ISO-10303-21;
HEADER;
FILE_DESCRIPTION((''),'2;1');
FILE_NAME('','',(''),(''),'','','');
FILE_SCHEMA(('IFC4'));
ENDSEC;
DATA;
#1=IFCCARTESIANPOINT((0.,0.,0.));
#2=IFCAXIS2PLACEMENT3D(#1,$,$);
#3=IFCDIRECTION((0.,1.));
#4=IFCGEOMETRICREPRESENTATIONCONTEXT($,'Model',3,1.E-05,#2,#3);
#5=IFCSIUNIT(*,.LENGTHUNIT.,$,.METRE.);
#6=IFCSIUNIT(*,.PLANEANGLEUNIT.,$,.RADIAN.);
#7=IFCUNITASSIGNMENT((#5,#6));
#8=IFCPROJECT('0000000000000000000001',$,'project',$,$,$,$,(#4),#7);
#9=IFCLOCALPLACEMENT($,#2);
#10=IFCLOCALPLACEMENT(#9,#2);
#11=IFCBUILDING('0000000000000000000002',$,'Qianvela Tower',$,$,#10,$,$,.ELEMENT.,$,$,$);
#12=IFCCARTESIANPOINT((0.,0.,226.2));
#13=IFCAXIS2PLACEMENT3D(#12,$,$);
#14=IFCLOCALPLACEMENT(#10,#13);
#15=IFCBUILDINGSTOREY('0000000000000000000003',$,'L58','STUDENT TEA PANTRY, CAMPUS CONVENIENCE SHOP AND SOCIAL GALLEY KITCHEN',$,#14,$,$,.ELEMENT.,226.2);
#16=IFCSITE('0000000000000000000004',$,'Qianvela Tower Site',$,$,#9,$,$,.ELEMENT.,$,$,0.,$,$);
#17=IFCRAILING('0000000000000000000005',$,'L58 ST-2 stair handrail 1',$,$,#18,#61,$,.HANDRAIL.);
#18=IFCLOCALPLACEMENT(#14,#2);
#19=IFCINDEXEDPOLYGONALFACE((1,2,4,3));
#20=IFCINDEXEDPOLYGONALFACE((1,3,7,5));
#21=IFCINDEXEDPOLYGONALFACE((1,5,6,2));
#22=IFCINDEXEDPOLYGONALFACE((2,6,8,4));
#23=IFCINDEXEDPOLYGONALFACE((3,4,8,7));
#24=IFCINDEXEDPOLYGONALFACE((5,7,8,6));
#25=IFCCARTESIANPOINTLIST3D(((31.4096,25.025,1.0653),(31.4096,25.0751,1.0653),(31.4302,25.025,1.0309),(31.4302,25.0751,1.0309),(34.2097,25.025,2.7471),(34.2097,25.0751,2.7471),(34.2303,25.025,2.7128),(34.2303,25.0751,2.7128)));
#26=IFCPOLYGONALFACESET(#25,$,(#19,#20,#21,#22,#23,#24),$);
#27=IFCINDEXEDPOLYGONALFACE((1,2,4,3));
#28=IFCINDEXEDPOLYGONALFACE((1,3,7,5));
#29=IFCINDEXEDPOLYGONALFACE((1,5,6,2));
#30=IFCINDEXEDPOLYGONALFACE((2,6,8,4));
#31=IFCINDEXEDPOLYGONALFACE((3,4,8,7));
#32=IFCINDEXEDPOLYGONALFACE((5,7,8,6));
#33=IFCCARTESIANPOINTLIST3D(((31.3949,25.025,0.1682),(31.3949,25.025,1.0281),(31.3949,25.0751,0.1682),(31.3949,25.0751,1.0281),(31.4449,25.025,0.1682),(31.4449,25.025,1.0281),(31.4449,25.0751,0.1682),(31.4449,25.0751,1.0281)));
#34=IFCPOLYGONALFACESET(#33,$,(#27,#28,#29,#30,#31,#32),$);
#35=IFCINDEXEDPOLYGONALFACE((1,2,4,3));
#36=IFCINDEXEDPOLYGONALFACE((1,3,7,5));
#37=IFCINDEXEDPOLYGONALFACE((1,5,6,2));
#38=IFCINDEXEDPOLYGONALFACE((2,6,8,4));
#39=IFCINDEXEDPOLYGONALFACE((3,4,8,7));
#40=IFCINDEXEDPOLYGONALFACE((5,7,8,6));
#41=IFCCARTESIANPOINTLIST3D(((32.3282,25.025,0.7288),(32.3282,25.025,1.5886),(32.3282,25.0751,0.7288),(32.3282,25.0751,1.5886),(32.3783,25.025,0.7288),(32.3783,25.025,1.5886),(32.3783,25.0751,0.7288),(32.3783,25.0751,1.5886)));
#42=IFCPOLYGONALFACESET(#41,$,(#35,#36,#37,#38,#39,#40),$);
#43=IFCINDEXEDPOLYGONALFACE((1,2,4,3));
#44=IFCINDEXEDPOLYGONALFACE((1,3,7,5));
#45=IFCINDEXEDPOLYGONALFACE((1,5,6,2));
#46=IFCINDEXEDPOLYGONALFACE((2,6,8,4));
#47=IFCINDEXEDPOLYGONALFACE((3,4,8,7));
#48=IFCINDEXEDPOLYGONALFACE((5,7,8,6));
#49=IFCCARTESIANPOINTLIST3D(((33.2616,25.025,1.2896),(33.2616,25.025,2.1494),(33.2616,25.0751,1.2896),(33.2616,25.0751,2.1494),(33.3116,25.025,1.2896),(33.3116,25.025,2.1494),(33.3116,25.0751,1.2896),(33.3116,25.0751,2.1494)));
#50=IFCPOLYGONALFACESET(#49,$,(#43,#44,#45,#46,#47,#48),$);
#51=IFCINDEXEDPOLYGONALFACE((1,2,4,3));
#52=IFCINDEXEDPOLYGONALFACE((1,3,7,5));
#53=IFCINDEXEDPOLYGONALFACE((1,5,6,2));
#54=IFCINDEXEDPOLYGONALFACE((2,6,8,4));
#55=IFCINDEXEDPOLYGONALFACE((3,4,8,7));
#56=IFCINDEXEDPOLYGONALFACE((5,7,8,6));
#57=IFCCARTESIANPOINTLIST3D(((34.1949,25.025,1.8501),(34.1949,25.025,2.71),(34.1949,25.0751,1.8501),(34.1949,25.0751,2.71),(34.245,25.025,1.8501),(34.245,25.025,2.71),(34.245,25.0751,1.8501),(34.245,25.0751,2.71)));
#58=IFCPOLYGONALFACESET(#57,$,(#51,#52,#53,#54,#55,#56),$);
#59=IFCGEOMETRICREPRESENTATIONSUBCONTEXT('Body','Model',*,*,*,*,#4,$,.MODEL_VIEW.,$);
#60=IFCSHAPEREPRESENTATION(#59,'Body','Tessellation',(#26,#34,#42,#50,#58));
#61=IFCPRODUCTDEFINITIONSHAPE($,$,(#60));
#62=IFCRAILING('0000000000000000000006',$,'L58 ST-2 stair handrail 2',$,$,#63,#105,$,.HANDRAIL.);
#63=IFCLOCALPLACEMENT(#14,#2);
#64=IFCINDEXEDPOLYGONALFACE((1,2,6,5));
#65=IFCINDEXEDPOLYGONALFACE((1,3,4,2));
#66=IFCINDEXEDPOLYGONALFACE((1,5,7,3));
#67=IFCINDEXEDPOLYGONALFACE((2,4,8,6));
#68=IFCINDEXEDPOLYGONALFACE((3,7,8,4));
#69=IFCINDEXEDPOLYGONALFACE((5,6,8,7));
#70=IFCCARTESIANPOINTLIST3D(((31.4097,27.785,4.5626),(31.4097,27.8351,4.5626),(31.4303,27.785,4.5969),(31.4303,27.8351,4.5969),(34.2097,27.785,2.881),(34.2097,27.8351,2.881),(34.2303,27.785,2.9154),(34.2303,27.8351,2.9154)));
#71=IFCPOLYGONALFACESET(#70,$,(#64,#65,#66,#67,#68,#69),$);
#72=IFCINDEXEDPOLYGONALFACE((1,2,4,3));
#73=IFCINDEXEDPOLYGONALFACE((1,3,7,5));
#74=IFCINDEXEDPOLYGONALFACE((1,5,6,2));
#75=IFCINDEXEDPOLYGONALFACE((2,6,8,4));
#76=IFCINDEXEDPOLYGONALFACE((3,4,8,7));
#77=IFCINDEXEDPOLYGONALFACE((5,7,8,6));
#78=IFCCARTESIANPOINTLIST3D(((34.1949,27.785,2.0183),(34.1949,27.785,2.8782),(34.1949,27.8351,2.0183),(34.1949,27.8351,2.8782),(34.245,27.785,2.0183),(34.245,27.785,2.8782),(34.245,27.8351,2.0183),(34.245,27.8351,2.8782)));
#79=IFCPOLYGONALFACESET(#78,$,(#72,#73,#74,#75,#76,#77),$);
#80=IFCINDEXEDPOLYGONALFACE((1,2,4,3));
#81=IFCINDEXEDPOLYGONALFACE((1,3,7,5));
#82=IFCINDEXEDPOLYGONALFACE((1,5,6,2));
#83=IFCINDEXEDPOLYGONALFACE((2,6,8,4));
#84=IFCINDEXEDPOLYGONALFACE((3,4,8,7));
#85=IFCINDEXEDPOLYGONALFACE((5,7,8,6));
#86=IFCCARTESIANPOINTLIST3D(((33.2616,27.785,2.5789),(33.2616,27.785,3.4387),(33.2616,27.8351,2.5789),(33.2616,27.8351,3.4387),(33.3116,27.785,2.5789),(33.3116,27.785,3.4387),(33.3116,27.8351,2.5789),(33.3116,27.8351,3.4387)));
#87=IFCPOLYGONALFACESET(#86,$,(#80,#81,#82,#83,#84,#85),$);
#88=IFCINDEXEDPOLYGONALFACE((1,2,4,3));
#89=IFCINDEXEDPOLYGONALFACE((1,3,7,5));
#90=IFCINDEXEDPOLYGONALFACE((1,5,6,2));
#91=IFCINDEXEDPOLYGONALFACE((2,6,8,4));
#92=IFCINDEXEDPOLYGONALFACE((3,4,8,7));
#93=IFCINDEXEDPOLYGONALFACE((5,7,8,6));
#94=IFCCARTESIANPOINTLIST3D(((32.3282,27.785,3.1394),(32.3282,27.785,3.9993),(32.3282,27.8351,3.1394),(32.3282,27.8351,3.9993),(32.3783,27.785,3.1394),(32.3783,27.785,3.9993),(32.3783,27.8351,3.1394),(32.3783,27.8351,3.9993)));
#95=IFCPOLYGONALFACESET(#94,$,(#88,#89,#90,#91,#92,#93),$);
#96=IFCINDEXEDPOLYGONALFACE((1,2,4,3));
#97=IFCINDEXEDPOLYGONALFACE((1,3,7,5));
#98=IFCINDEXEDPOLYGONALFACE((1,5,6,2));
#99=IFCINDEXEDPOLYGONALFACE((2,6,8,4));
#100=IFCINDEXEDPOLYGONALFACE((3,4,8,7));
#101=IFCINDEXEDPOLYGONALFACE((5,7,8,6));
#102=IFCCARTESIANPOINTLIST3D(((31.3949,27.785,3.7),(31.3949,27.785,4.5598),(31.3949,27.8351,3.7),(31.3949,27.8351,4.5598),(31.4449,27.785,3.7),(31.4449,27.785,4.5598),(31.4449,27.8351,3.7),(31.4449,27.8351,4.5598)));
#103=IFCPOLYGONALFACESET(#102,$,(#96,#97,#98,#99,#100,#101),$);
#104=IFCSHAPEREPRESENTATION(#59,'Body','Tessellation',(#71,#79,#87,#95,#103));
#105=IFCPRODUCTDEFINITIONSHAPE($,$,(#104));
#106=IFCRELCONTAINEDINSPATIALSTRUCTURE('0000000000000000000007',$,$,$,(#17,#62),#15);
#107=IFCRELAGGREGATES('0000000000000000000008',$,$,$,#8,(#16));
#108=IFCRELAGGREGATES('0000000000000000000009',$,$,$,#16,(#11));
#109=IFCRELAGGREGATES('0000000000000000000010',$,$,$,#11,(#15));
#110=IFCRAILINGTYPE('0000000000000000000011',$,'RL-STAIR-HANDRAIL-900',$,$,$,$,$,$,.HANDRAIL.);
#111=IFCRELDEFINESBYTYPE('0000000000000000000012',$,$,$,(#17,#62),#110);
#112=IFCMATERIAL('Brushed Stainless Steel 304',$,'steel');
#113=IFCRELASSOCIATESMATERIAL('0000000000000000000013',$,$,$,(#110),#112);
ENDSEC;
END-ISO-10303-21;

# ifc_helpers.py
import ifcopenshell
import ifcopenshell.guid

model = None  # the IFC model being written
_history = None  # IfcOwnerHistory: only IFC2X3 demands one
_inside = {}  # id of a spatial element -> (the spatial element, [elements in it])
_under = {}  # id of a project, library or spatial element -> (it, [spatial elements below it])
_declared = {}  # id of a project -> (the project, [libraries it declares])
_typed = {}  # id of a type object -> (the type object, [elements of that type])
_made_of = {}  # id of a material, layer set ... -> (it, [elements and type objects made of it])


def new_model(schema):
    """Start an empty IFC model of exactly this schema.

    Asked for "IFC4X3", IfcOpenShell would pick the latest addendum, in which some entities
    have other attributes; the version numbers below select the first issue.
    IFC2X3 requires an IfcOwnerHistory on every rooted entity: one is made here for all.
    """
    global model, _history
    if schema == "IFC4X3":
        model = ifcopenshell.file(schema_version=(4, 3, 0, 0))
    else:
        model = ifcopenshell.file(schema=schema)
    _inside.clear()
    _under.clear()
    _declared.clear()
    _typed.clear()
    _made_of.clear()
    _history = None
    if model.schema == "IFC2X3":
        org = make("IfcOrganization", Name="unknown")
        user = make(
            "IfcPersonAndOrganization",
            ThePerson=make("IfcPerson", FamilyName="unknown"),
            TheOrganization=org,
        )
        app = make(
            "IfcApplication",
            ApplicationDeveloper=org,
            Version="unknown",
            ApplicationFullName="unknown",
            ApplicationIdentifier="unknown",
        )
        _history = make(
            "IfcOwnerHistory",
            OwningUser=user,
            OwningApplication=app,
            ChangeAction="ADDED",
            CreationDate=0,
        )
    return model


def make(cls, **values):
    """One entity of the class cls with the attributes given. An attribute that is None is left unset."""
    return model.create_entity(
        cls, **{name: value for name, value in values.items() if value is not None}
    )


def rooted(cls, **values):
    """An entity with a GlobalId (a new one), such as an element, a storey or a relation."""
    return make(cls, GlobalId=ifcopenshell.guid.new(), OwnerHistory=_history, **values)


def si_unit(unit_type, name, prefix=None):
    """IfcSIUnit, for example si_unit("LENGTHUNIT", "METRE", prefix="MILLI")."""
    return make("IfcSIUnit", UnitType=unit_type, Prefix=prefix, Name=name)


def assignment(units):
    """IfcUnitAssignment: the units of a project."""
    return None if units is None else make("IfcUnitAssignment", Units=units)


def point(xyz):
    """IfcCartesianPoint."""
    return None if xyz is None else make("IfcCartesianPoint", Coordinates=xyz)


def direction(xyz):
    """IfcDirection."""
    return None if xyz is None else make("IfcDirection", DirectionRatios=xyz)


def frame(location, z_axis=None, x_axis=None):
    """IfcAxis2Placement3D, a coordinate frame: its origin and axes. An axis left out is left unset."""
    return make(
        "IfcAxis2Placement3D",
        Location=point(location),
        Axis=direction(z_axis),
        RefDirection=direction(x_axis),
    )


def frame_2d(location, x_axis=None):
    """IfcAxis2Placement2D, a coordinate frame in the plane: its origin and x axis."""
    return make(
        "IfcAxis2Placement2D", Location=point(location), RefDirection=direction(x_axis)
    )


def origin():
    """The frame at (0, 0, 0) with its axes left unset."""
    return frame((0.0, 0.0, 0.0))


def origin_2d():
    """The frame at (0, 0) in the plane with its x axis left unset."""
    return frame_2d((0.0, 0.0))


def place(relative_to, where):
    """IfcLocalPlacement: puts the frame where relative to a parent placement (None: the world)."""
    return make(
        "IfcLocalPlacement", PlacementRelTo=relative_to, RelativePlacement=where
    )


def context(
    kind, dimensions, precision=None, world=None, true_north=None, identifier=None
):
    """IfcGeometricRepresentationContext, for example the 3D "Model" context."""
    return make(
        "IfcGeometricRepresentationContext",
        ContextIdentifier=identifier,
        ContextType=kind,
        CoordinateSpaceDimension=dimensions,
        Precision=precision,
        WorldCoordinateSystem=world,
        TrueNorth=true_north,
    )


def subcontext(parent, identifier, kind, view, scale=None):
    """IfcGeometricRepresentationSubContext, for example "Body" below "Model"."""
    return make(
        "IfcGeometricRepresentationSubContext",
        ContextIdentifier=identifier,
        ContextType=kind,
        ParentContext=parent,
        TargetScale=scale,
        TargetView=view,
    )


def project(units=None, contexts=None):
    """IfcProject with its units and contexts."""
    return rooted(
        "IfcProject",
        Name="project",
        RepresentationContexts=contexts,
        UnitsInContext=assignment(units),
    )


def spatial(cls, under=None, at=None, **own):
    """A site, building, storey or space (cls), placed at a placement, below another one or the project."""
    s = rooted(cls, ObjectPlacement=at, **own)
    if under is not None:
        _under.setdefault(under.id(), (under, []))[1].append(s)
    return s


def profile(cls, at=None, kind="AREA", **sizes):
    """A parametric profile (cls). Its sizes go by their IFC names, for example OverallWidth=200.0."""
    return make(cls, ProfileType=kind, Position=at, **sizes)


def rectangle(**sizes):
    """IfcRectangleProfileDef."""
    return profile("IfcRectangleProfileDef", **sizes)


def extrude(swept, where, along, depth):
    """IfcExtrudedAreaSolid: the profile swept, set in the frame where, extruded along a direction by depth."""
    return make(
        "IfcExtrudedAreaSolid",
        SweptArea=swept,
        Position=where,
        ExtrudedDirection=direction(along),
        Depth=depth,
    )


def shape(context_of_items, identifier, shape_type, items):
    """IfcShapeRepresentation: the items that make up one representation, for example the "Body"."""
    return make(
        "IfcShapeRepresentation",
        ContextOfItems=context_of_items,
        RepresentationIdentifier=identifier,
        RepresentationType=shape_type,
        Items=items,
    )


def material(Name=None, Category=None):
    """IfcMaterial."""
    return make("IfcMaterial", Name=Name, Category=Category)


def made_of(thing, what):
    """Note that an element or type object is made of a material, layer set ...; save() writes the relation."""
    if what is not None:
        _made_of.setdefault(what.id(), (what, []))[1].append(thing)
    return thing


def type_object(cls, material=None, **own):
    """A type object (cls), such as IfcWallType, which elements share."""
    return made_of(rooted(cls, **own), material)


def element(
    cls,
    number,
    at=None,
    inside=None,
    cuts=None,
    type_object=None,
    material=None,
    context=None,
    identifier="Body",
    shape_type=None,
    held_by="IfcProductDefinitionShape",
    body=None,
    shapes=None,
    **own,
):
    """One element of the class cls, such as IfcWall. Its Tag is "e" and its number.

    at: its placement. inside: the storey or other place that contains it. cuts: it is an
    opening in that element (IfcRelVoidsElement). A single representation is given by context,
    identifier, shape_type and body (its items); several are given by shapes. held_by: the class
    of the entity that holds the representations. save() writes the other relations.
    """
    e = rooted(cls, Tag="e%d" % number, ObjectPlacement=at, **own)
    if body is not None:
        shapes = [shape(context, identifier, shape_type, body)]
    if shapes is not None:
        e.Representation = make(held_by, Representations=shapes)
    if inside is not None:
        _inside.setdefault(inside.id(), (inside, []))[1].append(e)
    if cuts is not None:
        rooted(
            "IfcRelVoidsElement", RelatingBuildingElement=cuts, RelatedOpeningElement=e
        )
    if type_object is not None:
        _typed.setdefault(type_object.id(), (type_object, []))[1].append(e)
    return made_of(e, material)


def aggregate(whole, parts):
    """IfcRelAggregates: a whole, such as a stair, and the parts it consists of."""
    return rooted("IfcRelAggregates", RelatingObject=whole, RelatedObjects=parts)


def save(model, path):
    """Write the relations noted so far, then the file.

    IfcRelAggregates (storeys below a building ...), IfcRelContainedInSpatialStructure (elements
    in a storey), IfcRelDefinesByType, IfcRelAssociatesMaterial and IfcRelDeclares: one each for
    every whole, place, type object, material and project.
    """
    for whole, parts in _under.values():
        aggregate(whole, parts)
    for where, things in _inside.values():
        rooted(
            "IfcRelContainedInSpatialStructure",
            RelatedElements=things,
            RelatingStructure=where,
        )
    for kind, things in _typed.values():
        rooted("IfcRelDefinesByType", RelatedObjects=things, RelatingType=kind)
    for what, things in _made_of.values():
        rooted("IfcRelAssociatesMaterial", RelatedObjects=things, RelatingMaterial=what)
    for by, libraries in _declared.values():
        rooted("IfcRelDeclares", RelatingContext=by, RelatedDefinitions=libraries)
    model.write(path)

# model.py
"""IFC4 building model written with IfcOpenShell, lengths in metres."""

from ifc_helpers import new_model, si_unit, direction, frame, origin, origin_2d, place, context, subcontext, project, spatial, rectangle, extrude, material, type_object, element, save


model = new_model("IFC4")

# Units and contexts
model_context = context("Model", 3, precision=1e-05, world=origin(), true_north=direction((0.0, 1.0)))
body_context = subcontext(model_context, "Body", "Model", "MODEL_VIEW")
ifc_project = project(units=[si_unit("LENGTHUNIT", "METRE"), si_unit("PLANEANGLEUNIT", "RADIAN")], contexts=[model_context])

# Site, building, storey
site_placement = place(None, origin())
site = spatial("IfcSite", under=ifc_project, at=site_placement, Name="Qianvela Tower Site", CompositionType="ELEMENT", RefElevation=0.0)
building_placement = place(site_placement, origin())
building = spatial("IfcBuilding", under=site, at=building_placement, Name="Qianvela Tower", CompositionType="ELEMENT")
storey_placement = place(building_placement, frame((0.0, 0.0, 226.2)))
storey = spatial("IfcBuildingStorey", under=building, at=storey_placement, Name="L58", Description="STUDENT TEA PANTRY, CAMPUS CONVENIENCE SHOP AND SOCIAL GALLEY KITCHEN", CompositionType="ELEMENT", Elevation=226.2)

# Railings
ifc_material_1 = material(Name="Brushed Stainless Steel 304", Category="steel")
railing_type_1 = type_object("IfcRailingType", Name="RL-STAIR-HANDRAIL-900", PredefinedType="HANDRAIL", material=ifc_material_1)
railing_1_placement = place(storey_placement, frame((31.4199, 25.05, 0.1682)))
element("IfcRailing", 1, at=railing_1_placement, inside=storey, type_object=railing_type_1, Name="L58 ST-2 stair handrail 1", PredefinedType="HANDRAIL", context=body_context, shape_type="SweptSolid", body=[
    extrude(rectangle(XDim=0.05, YDim=0.04, at=origin_2d()), frame((0.0, 0.0, 0.8799), z_axis=(0.857242, 0.0, 0.514913), x_axis=(0.0, 1.0, 0.0)), (0.0, 0.0, 1.0), 3.2664),
    extrude(rectangle(XDim=0.05, YDim=0.05, at=origin_2d()), origin(), (0.0, 0.0, 1.0), 0.8599),
    extrude(rectangle(XDim=0.05, YDim=0.05, at=origin_2d()), frame((0.9333, 0.0, 0.5605)), (0.0, 0.0, 1.0), 0.8599),
    extrude(rectangle(XDim=0.05, YDim=0.05, at=origin_2d()), frame((1.8667, 0.0, 1.1213)), (0.0, 0.0, 1.0), 0.8599),
    extrude(rectangle(XDim=0.05, YDim=0.05, at=origin_2d()), frame((2.8, 0.0, 1.6819)), (0.0, 0.0, 1.0), 0.8599),
])
railing_2_placement = place(storey_placement, frame((34.22, 27.8101, 2.0183)))
element("IfcRailing", 2, at=railing_2_placement, inside=storey, type_object=railing_type_1, Name="L58 ST-2 stair handrail 2", PredefinedType="HANDRAIL", context=body_context, shape_type="SweptSolid", body=[
    extrude(rectangle(XDim=0.05, YDim=0.04, at=origin_2d()), frame((0.0, 0.0, 0.8799), z_axis=(-0.857275, 0.0, 0.514858), x_axis=(0.0, -1.0, 0.0)), (0.0, 0.0, 1.0), 3.2661),
    extrude(rectangle(XDim=0.05, YDim=0.05, at=origin_2d()), origin(), (0.0, 0.0, 1.0), 0.8599),
    extrude(rectangle(XDim=0.05, YDim=0.05, at=origin_2d()), frame((-0.9333, 0.0, 0.5605)), (0.0, 0.0, 1.0), 0.8599),
    extrude(rectangle(XDim=0.05, YDim=0.05, at=origin_2d()), frame((-1.8667, 0.0, 1.1211)), (0.0, 0.0, 1.0), 0.8599),
    extrude(rectangle(XDim=0.05, YDim=0.05, at=origin_2d()), frame((-2.8, 0.0, 1.6816)), (0.0, 0.0, 1.0), 0.8599),
])

save(model, "model.ifc")
